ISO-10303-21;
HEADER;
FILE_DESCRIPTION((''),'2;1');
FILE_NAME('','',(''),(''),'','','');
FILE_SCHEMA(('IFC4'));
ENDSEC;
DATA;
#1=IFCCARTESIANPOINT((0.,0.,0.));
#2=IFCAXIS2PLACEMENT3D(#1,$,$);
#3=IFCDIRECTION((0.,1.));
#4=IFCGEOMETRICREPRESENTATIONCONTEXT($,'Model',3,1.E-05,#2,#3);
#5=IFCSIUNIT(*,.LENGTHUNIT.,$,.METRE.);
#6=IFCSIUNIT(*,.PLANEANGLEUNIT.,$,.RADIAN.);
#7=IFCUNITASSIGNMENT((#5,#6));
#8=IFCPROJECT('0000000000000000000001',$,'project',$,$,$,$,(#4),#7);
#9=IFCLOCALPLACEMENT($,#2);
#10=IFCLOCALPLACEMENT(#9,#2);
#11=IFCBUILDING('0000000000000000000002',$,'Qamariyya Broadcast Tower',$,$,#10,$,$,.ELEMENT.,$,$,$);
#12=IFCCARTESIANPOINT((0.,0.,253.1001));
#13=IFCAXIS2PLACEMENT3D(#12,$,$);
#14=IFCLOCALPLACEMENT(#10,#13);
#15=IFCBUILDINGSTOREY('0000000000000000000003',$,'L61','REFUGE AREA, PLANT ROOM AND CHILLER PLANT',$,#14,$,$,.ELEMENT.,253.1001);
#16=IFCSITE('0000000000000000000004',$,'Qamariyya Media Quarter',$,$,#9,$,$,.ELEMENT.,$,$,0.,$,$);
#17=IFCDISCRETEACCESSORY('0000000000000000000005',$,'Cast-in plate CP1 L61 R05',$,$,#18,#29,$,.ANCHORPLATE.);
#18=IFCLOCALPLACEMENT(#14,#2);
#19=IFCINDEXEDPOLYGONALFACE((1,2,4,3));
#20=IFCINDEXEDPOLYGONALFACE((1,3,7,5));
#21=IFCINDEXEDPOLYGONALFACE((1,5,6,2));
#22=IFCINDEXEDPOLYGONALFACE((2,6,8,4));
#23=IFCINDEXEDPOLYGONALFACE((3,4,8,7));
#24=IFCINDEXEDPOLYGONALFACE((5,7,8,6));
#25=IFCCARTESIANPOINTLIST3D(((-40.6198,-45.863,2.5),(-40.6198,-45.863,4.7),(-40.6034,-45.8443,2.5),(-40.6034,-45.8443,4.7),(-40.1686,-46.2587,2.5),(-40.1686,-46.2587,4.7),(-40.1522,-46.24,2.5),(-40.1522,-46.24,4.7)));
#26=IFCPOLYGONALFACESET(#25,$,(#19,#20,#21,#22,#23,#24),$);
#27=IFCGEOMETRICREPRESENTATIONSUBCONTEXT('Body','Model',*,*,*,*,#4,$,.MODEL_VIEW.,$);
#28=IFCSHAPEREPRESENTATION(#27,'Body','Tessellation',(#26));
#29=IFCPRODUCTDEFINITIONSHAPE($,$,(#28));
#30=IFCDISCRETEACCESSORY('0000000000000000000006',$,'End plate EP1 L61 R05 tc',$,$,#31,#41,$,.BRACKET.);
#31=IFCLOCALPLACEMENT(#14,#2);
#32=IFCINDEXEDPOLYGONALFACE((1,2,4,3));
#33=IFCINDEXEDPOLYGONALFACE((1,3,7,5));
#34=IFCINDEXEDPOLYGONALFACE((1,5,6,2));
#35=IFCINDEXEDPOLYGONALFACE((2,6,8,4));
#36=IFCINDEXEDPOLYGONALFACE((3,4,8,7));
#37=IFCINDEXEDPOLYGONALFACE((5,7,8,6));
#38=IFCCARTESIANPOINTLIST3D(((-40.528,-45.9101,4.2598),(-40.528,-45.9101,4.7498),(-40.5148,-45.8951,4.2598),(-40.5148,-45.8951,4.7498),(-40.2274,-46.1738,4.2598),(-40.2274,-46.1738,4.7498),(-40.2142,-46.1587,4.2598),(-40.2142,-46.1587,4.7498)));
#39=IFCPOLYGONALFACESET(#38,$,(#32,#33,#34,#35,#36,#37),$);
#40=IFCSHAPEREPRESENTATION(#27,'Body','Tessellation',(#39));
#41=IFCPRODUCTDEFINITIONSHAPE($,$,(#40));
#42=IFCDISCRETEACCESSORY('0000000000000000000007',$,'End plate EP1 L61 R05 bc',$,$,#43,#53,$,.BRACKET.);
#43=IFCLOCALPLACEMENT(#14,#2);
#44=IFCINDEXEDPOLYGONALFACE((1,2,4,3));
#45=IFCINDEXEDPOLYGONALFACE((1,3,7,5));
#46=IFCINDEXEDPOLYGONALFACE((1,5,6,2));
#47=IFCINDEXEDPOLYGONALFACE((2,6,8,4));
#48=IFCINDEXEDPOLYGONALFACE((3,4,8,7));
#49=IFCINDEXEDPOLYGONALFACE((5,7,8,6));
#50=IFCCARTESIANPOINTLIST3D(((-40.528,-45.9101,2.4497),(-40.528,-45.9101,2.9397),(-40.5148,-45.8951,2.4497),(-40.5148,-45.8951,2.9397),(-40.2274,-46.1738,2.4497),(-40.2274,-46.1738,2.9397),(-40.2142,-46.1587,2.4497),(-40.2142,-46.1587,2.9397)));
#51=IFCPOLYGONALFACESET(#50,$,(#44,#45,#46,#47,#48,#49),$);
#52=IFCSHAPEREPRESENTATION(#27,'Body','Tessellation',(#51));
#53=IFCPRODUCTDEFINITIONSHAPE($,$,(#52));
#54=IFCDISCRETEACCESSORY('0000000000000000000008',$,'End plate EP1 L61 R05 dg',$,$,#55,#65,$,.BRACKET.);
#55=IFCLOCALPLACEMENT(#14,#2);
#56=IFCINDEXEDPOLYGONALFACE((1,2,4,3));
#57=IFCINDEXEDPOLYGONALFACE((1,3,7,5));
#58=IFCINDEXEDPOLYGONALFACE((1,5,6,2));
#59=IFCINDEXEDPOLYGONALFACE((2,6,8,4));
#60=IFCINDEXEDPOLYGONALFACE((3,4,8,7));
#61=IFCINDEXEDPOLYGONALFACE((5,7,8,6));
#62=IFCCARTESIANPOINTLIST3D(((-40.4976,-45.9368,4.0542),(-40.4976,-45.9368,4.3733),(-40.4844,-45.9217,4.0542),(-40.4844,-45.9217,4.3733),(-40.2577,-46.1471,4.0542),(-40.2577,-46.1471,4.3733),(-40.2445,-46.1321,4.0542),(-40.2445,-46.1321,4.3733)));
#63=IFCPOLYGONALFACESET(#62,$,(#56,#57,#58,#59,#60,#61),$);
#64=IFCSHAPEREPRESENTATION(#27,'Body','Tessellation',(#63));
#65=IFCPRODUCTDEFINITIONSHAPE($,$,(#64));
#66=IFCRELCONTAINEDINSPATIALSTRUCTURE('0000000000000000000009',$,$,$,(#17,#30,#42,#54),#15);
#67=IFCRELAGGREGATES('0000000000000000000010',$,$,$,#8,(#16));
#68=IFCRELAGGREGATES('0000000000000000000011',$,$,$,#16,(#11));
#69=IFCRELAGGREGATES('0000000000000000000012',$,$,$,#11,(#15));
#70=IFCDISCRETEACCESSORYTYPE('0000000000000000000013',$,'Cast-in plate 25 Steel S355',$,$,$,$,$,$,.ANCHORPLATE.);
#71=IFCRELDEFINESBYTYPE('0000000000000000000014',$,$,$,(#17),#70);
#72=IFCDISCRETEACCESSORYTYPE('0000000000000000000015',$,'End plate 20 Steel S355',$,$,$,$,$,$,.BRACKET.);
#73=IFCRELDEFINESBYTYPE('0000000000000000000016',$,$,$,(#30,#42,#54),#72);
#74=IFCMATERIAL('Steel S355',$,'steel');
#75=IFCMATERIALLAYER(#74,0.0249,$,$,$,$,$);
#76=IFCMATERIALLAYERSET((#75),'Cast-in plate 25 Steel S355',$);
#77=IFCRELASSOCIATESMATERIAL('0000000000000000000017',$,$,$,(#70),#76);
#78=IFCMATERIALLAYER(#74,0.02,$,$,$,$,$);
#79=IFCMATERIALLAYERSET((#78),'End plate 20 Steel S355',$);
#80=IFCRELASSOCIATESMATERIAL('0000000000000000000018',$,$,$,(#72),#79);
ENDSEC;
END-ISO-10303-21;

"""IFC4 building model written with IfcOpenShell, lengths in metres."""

from ifc_helpers import new_model, si_unit, direction, frame, origin, origin_2d, place, context, subcontext, project, spatial, rectangle, extrude, material, layer, layer_set, type_object, element, save


model = new_model("IFC4")

# Units and contexts
model_context = context("Model", 3, precision=1e-05, world=origin(), true_north=direction((0.0, 1.0)))
body_context = subcontext(model_context, "Body", "Model", "MODEL_VIEW")
ifc_project = project(units=[si_unit("LENGTHUNIT", "METRE"), si_unit("PLANEANGLEUNIT", "RADIAN")], contexts=[model_context])

# Site, building, storey
site_placement = place(None, origin())
site = spatial("IfcSite", under=ifc_project, at=site_placement, Name="Qamariyya Media Quarter", CompositionType="ELEMENT", RefElevation=0.0)
building_placement = place(site_placement, origin())
building = spatial("IfcBuilding", under=site, at=building_placement, Name="Qamariyya Broadcast Tower", CompositionType="ELEMENT")
storey_placement = place(building_placement, frame((0.0, 0.0, 253.1001)))
storey = spatial("IfcBuildingStorey", under=building, at=storey_placement, Name="L61", Description="REFUGE AREA, PLANT ROOM AND CHILLER PLANT", CompositionType="ELEMENT", Elevation=253.1001)

# Shared definitions
ifc_material_1 = material(Name="Steel S355", Category="steel")

# Discrete accessories
ifc_layer_1 = layer(ifc_material_1, 0.0249)
ifc_layer_set_1 = layer_set([ifc_layer_1], Name="Cast-in plate 25 Steel S355")
discrete_accessory_type_1 = type_object("IfcDiscreteAccessoryType", Name="Cast-in plate 25 Steel S355", PredefinedType="ANCHORPLATE", material=ifc_layer_set_1)
discrete_accessory_1_placement = place(storey_placement, frame((-40.386, -46.0515, 2.5), z_axis=(0.0, 0.0, 1.0), x_axis=(-0.75184, 0.659346, 0.0)))
element("IfcDiscreteAccessory", 1, at=discrete_accessory_1_placement, inside=storey, type_object=discrete_accessory_type_1, Name="Cast-in plate CP1 L61 R05", PredefinedType="ANCHORPLATE", context=body_context, shape_type="SweptSolid", body=[
    extrude(rectangle(XDim=0.6001, YDim=0.0249, at=origin_2d()), origin(), (0.0, 0.0, 1.0), 2.2),
])
ifc_layer_2 = layer(ifc_material_1, 0.02)
ifc_layer_set_2 = layer_set([ifc_layer_2], Name="End plate 20 Steel S355")
discrete_accessory_type_2 = type_object("IfcDiscreteAccessoryType", Name="End plate 20 Steel S355", PredefinedType="BRACKET", material=ifc_layer_set_2)
for number, where, z_axis, x_axis, name in (
    (2, (-40.3711, -46.0344, 4.2598), (0.0, 0.0, 1.0), (-0.75184, 0.659346, 0.0), "End plate EP1 L61 R05 tc"),
    (3, (-40.3711, -46.0344, 2.4497), (0.0, 0.0, 1.0), (-0.75184, 0.659346, 0.0), "End plate EP1 L61 R05 bc"),
):
    element("IfcDiscreteAccessory", number, at=place(storey_placement, frame(where, z_axis=z_axis, x_axis=x_axis)), inside=storey, type_object=discrete_accessory_type_2, Name=name, PredefinedType="BRACKET", context=body_context, shape_type="SweptSolid", body=[
        extrude(rectangle(XDim=0.3999, YDim=0.02, at=origin_2d()), origin(), (0.0, 0.0, 1.0), 0.49),
    ])
discrete_accessory_2_placement = place(storey_placement, frame((-40.3711, -46.0344, 4.0542), z_axis=(0.0, 0.0, 1.0), x_axis=(-0.75184, 0.659346, 0.0)))
element("IfcDiscreteAccessory", 4, at=discrete_accessory_2_placement, inside=storey, type_object=discrete_accessory_type_2, Name="End plate EP1 L61 R05 dg", PredefinedType="BRACKET", context=body_context, shape_type="SweptSolid", body=[
    extrude(rectangle(XDim=0.3191, YDim=0.02, at=origin_2d()), origin(), (0.0, 0.0, 1.0), 0.3191),
])

save(model, "model.ifc")
